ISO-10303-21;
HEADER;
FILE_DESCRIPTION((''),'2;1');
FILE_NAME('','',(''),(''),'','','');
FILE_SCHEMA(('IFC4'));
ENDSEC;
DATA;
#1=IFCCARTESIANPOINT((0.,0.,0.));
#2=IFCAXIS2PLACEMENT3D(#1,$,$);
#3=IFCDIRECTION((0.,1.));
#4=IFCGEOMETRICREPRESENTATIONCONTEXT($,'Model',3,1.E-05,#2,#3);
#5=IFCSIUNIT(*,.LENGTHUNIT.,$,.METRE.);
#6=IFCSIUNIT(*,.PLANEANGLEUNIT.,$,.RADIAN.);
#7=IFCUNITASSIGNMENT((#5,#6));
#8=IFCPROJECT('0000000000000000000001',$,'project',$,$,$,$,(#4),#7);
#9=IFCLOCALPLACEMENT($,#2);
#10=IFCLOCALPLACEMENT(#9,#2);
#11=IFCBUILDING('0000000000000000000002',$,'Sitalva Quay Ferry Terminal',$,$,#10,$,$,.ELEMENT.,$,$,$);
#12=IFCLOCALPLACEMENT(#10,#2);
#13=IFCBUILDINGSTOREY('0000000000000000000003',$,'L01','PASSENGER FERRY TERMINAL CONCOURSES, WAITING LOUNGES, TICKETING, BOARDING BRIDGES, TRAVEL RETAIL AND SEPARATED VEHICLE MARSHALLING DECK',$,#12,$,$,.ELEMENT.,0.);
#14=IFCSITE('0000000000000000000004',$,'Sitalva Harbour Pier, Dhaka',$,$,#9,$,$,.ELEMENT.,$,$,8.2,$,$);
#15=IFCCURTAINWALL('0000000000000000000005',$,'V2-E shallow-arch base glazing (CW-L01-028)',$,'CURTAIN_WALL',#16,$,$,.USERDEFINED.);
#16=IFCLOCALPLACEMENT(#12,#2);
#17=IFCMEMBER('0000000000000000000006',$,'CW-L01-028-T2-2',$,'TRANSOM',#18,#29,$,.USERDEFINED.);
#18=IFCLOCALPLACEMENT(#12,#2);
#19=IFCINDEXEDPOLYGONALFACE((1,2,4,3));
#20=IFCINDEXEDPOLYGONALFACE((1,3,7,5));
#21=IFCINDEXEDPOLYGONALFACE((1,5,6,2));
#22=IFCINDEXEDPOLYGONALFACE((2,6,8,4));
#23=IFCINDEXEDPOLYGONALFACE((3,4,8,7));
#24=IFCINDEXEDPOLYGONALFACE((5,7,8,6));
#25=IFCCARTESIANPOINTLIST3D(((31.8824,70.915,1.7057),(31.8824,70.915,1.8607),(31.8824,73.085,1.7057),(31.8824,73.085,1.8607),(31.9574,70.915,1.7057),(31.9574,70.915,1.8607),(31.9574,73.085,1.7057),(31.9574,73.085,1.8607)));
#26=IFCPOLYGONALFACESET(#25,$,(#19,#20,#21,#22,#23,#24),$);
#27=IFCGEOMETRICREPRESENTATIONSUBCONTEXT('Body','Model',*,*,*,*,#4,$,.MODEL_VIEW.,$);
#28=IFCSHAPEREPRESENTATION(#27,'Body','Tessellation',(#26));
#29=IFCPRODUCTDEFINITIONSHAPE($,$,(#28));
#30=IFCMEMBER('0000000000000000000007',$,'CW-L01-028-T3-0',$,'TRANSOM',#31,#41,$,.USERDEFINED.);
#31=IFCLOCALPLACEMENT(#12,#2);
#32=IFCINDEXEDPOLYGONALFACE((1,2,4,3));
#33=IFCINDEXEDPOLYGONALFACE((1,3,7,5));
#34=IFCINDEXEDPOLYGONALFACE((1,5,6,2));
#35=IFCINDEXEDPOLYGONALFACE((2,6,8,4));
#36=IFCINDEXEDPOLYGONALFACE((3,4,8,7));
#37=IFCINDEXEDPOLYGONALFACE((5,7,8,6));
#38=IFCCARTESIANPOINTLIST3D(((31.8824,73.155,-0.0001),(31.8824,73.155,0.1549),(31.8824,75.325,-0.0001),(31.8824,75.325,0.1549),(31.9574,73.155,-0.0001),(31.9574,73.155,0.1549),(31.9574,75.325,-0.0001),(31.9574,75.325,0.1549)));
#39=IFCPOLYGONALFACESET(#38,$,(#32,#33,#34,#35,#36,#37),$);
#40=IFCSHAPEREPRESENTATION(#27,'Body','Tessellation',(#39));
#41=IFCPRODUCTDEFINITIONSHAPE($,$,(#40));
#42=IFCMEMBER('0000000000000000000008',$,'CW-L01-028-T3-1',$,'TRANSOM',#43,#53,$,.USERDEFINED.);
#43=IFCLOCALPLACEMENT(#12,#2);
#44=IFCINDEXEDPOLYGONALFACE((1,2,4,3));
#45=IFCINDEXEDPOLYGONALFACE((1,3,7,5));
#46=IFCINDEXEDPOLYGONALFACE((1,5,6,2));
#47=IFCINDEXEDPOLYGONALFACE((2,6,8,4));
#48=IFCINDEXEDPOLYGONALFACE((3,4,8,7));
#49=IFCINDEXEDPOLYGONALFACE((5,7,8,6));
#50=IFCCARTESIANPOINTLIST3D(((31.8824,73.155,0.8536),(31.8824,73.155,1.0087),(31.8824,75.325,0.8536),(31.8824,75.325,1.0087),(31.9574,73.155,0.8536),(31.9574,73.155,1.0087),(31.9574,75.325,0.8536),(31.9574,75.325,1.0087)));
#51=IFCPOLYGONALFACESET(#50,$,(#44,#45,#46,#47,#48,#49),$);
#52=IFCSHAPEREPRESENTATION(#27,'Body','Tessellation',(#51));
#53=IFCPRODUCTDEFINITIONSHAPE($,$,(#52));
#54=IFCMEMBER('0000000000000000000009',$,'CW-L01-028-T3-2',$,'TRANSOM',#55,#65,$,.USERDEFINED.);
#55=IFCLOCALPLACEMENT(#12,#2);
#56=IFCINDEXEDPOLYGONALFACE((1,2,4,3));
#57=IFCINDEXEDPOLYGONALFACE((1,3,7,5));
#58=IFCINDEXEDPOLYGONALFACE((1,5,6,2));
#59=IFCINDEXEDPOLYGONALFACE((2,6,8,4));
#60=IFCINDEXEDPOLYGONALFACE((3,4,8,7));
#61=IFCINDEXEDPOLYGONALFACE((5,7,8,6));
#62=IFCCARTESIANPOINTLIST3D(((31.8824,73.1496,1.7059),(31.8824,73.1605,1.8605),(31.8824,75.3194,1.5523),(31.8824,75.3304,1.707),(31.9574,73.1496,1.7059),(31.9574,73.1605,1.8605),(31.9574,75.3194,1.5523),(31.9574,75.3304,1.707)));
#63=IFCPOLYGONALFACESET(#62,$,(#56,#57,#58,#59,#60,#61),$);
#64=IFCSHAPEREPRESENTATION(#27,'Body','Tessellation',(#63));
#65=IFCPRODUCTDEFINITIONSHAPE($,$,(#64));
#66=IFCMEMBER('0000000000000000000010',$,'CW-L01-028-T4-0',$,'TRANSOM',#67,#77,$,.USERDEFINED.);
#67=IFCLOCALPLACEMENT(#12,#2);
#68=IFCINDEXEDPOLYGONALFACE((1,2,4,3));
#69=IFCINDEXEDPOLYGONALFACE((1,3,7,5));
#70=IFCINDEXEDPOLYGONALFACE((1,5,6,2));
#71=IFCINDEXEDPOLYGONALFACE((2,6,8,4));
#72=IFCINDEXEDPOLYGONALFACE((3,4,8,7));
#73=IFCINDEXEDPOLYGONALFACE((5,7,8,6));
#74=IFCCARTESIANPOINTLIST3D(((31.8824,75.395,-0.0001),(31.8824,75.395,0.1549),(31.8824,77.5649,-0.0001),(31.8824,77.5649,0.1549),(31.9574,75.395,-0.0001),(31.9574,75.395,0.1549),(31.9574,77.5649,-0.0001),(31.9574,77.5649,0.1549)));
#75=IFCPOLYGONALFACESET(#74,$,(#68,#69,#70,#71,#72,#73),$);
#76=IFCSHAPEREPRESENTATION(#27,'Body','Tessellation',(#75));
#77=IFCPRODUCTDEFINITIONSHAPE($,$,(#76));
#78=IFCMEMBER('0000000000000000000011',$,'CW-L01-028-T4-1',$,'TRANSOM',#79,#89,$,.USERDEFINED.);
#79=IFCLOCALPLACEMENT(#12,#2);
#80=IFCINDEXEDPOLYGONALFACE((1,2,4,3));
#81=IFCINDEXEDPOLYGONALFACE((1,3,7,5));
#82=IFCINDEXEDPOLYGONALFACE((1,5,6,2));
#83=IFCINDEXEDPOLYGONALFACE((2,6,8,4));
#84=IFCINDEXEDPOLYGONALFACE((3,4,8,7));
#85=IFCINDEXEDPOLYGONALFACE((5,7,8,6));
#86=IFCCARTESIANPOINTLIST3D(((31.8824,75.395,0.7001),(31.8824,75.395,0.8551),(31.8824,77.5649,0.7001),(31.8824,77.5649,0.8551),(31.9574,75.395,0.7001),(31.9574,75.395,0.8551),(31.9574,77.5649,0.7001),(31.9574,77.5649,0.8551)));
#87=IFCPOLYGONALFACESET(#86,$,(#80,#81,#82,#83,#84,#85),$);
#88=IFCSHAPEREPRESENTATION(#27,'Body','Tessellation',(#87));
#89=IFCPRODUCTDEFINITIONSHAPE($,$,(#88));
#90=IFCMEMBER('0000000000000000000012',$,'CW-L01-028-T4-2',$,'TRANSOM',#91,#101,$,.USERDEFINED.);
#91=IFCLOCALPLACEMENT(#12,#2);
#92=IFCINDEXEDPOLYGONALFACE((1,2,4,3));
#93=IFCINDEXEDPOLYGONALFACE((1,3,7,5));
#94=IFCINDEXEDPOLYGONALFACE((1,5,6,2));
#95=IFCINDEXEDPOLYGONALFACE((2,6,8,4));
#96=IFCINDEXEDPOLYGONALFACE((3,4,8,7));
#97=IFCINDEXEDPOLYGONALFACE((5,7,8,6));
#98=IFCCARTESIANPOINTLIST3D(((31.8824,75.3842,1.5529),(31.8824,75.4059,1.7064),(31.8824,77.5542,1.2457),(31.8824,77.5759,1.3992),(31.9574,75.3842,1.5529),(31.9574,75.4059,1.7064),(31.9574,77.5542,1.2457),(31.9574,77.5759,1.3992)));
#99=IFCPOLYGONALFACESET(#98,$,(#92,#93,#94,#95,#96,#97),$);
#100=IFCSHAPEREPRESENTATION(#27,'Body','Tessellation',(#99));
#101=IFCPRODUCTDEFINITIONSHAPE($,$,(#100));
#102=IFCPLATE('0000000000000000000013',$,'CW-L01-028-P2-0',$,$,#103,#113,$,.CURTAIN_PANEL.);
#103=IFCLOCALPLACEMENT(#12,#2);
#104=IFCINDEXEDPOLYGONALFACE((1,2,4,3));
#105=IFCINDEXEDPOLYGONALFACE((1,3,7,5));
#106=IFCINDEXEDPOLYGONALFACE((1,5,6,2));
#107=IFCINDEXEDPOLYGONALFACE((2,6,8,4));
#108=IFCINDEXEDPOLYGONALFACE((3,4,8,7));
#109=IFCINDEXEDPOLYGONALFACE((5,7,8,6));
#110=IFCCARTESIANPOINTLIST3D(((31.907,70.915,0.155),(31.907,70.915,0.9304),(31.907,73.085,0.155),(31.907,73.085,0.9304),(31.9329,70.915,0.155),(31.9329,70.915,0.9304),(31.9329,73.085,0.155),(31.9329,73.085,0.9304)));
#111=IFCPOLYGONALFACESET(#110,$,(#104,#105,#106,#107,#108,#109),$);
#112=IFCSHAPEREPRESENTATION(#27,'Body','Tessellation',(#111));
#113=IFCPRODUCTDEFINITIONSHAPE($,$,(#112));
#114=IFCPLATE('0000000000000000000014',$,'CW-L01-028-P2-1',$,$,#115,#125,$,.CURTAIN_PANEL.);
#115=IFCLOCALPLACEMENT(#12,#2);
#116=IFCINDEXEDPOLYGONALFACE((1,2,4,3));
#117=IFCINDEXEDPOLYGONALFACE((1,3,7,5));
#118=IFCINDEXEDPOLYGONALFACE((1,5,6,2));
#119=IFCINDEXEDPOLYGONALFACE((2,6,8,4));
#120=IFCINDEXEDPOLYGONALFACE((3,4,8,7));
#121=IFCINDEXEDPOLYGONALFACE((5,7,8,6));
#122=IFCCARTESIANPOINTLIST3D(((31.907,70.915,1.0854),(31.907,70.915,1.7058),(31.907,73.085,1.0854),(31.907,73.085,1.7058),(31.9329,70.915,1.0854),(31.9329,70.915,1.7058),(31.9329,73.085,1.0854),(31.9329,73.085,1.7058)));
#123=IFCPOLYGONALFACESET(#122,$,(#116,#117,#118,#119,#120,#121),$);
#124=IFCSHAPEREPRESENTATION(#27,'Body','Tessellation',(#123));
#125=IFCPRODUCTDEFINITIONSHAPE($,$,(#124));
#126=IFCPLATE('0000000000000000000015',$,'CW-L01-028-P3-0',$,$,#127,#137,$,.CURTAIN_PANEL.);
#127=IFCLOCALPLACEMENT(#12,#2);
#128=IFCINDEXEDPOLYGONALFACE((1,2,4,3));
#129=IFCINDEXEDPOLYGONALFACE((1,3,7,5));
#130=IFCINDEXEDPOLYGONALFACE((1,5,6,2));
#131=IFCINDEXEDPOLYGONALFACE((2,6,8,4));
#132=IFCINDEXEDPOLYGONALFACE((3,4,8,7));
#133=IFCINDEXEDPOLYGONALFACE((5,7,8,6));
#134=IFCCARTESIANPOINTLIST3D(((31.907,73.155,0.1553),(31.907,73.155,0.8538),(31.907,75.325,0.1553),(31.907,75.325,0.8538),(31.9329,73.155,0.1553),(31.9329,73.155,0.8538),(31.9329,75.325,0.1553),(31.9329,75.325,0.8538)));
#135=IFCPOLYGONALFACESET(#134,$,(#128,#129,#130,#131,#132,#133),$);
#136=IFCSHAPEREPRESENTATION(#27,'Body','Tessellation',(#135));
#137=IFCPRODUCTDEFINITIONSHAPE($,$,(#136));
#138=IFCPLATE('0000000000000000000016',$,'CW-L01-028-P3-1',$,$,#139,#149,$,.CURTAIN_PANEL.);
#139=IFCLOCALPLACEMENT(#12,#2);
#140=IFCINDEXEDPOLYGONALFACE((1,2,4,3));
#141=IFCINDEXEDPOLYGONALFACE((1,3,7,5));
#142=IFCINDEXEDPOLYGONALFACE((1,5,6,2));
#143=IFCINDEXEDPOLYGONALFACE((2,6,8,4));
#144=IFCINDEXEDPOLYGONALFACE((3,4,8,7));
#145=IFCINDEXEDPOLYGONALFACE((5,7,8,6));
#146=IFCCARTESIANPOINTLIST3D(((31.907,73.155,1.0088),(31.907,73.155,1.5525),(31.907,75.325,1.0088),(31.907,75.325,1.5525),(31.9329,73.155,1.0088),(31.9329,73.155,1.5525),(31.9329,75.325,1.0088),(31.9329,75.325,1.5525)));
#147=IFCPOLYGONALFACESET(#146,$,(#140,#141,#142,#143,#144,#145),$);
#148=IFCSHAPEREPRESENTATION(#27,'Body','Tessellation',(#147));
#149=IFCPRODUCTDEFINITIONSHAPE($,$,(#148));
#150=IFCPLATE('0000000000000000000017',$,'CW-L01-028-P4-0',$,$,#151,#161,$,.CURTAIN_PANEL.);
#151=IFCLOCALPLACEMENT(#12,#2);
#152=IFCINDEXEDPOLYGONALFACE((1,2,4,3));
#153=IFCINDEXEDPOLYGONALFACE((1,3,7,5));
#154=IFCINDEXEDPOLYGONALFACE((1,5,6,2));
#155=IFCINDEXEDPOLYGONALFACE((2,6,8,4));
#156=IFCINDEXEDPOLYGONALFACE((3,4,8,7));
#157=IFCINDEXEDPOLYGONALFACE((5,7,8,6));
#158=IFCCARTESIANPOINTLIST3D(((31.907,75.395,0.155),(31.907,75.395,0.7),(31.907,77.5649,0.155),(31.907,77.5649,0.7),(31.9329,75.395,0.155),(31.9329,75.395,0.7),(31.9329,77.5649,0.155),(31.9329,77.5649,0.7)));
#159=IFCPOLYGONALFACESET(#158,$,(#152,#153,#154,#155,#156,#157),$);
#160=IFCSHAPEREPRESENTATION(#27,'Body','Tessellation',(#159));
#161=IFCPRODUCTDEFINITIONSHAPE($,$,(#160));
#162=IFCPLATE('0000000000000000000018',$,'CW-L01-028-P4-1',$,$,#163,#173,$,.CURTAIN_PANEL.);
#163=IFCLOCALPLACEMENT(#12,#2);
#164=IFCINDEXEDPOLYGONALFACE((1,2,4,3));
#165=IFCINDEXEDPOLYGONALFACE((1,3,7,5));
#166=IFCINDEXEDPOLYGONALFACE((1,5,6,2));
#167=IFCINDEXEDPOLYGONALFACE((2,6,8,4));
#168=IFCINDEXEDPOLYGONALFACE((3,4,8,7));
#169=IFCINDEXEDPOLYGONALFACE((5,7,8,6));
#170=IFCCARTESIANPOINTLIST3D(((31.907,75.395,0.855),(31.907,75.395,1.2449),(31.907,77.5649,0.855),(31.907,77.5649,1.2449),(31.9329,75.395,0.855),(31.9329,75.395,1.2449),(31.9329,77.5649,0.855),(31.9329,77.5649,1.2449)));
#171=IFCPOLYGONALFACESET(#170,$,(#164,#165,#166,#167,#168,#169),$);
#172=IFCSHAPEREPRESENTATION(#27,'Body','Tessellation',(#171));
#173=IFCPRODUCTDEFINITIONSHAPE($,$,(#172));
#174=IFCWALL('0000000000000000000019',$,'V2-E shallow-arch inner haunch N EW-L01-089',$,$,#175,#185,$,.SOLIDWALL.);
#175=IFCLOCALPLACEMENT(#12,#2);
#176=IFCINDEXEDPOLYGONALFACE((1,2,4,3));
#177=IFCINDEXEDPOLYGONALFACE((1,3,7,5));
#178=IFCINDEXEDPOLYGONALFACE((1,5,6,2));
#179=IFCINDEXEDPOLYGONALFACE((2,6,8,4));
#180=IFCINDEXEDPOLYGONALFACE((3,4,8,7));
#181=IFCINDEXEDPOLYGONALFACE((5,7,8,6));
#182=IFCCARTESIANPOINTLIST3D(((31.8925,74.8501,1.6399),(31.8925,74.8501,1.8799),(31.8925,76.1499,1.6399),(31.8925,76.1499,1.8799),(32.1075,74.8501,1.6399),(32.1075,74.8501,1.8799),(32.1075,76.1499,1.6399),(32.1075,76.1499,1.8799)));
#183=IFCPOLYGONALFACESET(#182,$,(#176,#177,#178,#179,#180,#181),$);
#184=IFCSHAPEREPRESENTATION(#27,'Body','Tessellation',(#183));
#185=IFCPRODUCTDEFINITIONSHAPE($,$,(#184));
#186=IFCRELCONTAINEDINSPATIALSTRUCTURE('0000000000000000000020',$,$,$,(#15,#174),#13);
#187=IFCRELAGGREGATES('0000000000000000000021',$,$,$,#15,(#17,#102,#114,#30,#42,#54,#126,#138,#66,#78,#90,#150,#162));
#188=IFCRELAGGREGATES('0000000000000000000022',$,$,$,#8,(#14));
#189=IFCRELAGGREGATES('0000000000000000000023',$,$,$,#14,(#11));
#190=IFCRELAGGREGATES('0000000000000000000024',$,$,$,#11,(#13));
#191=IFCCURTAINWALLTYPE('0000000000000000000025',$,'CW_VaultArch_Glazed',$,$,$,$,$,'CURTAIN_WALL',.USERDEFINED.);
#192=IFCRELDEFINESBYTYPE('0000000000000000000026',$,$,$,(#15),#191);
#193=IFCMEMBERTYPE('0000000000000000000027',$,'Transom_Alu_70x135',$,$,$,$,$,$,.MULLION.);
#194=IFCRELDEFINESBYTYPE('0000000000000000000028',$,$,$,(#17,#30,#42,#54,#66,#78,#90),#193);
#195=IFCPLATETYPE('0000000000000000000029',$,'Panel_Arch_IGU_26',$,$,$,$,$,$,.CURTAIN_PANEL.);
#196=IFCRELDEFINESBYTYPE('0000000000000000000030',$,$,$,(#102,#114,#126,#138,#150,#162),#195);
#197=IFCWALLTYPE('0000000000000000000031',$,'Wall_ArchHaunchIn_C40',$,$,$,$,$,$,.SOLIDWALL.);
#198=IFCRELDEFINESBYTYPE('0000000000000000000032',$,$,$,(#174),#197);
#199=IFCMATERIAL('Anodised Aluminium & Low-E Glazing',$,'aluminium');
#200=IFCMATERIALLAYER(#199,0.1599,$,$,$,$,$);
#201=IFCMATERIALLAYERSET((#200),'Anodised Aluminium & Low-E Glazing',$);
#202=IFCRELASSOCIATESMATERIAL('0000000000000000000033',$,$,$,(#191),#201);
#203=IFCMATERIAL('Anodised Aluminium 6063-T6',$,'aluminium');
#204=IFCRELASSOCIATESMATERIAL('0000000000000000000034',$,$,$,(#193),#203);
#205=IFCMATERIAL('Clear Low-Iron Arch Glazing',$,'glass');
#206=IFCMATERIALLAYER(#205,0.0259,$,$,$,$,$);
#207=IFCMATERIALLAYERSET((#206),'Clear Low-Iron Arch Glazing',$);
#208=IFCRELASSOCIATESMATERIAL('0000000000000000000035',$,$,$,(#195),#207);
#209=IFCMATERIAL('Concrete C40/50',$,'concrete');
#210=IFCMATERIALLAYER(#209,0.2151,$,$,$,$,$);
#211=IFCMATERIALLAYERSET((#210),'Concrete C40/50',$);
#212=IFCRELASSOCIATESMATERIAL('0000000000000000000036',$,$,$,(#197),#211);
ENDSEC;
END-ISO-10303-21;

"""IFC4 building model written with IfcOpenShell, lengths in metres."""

from ifc_helpers import new_model, si_unit, direction, frame, frame_2d, origin, origin_2d, place, context, subcontext, project, spatial, rectangle, extrude, material, layer, layer_set, material_profile, profile_set, type_object, element, aggregate, save


model = new_model("IFC4")

# Units and contexts
model_context = context("Model", 3, precision=1e-05, world=origin(), true_north=direction((0.0, 1.0)))
body_context = subcontext(model_context, "Body", "Model", "MODEL_VIEW")
ifc_project = project(units=[si_unit("LENGTHUNIT", "METRE"), si_unit("PLANEANGLEUNIT", "RADIAN")], contexts=[model_context])

# Site, building, storey
site_placement = place(None, origin())
site = spatial("IfcSite", under=ifc_project, at=site_placement, Name="Sitalva Harbour Pier, Dhaka", CompositionType="ELEMENT", RefElevation=8.2)
building_placement = place(site_placement, origin())
building = spatial("IfcBuilding", under=site, at=building_placement, Name="Sitalva Quay Ferry Terminal", CompositionType="ELEMENT")
storey_placement = place(building_placement, origin())
storey = spatial("IfcBuildingStorey", under=building, at=storey_placement, Name="L01", Description="PASSENGER FERRY TERMINAL CONCOURSES, WAITING LOUNGES, TICKETING, BOARDING BRIDGES, TRAVEL RETAIL AND SEPARATED VEHICLE MARSHALLING DECK", CompositionType="ELEMENT", Elevation=0.0)

# Curtain wall, members, plates
ifc_material_1 = material(Name="Anodised Aluminium & Low-E Glazing", Category="aluminium")
ifc_layer_1 = layer(ifc_material_1, 0.1599)
ifc_layer_set_1 = layer_set([ifc_layer_1], Name="Anodised Aluminium & Low-E Glazing")
curtain_wall_type = type_object("IfcCurtainWallType", Name="CW_VaultArch_Glazed", ElementType="CURTAIN_WALL", PredefinedType="USERDEFINED", material=ifc_layer_set_1)
curtain_wall_placement = place(storey_placement, origin())
curtain_wall = element("IfcCurtainWall", 1, at=curtain_wall_placement, inside=storey, type_object=curtain_wall_type, Name="V2-E shallow-arch base glazing (CW-L01-028)", ObjectType="CURTAIN_WALL", PredefinedType="USERDEFINED")
ifc_material_2 = material(Name="Anodised Aluminium 6063-T6", Category="aluminium")
ifc_material_profile_1 = material_profile(ifc_material_2, rectangle(XDim=0.075, YDim=0.155, at=origin_2d()), Name="ALU75x155")
ifc_profile_set_1 = profile_set([ifc_material_profile_1], Name="Anodised Aluminium 6063-T6")
member_type_1 = type_object("IfcMemberType", Name="Transom_Alu_70x135", PredefinedType="MULLION", material=ifc_profile_set_1)
member_1_placement = place(storey_placement, frame((31.9199, 70.915, 1.7832), z_axis=(0.0, 1.0, 0.0), x_axis=(-1.0, 0.0, 0.0)))
member_1 = element("IfcMember", 2, at=member_1_placement, type_object=member_type_1, Name="CW-L01-028-T2-2", ObjectType="TRANSOM", PredefinedType="USERDEFINED", context=body_context, shape_type="SweptSolid", body=[
    extrude(rectangle(XDim=0.075, YDim=0.155, at=origin_2d()), origin(), (0.0, 0.0, 1.0), 2.1699),
])
member_2_placement = place(storey_placement, frame((31.9199, 73.155, 0.0774), z_axis=(0.0, 1.0, 0.0), x_axis=(-1.0, 0.0, 0.0)))
member_2 = element("IfcMember", 3, at=member_2_placement, type_object=member_type_1, Name="CW-L01-028-T3-0", ObjectType="TRANSOM", PredefinedType="USERDEFINED", context=body_context, shape_type="SweptSolid", body=[
    extrude(rectangle(XDim=0.075, YDim=0.155, at=origin_2d()), origin(), (0.0, 0.0, 1.0), 2.1699),
])
member_3_placement = place(storey_placement, frame((31.9199, 73.155, 0.9312), z_axis=(0.0, 1.0, 0.0), x_axis=(-1.0, 0.0, 0.0)))
member_3 = element("IfcMember", 4, at=member_3_placement, type_object=member_type_1, Name="CW-L01-028-T3-1", ObjectType="TRANSOM", PredefinedType="USERDEFINED", context=body_context, shape_type="SweptSolid", body=[
    extrude(rectangle(XDim=0.075, YDim=0.155, at=origin_2d()), origin(), (0.0, 0.0, 1.0), 2.1699),
])
member_4_placement = place(storey_placement, frame((31.9199, 73.155, 1.7832), z_axis=(0.0, 0.997505, -0.070593), x_axis=(-1.0, 0.0, 0.0)))
member_4 = element("IfcMember", 5, at=member_4_placement, type_object=member_type_1, Name="CW-L01-028-T3-2", ObjectType="TRANSOM", PredefinedType="USERDEFINED", context=body_context, shape_type="SweptSolid", body=[
    extrude(rectangle(XDim=0.075, YDim=0.155, at=origin_2d()), origin(), (0.0, 0.0, 1.0), 2.1753),
])
member_5_placement = place(storey_placement, frame((31.9199, 75.395, 0.0774), z_axis=(0.0, 1.0, 0.0), x_axis=(-1.0, 0.0, 0.0)))
member_5 = element("IfcMember", 6, at=member_5_placement, type_object=member_type_1, Name="CW-L01-028-T4-0", ObjectType="TRANSOM", PredefinedType="USERDEFINED", context=body_context, shape_type="SweptSolid", body=[
    extrude(rectangle(XDim=0.075, YDim=0.155, at=origin_2d()), origin(), (0.0, 0.0, 1.0), 2.1699),
])
member_6_placement = place(storey_placement, frame((31.9199, 75.395, 0.7776), z_axis=(0.0, 1.0, 0.0), x_axis=(-1.0, 0.0, 0.0)))
member_6 = element("IfcMember", 7, at=member_6_placement, type_object=member_type_1, Name="CW-L01-028-T4-1", ObjectType="TRANSOM", PredefinedType="USERDEFINED", context=body_context, shape_type="SweptSolid", body=[
    extrude(rectangle(XDim=0.075, YDim=0.155, at=origin_2d()), origin(), (0.0, 0.0, 1.0), 2.1699),
])
member_7_placement = place(storey_placement, frame((31.9199, 75.395, 1.6296), z_axis=(0.0, 0.990131, -0.140142), x_axis=(-1.0, 0.0, 0.0)))
member_7 = element("IfcMember", 8, at=member_7_placement, type_object=member_type_1, Name="CW-L01-028-T4-2", ObjectType="TRANSOM", PredefinedType="USERDEFINED", context=body_context, shape_type="SweptSolid", body=[
    extrude(rectangle(XDim=0.075, YDim=0.155, at=origin_2d()), origin(), (0.0, 0.0, 1.0), 2.1917),
])
ifc_material_3 = material(Name="Clear Low-Iron Arch Glazing", Category="glass")
ifc_layer_2 = layer(ifc_material_3, 0.0259)
ifc_layer_set_2 = layer_set([ifc_layer_2], Name="Clear Low-Iron Arch Glazing")
plate_type = type_object("IfcPlateType", Name="Panel_Arch_IGU_26", PredefinedType="CURTAIN_PANEL", material=ifc_layer_set_2)
plate_1_placement = place(storey_placement, frame((31.9199, 72.0, 0.155), z_axis=(0.0, 0.0, 1.0), x_axis=(0.0, 1.0, 0.0)))
plate_1 = element("IfcPlate", 9, at=plate_1_placement, type_object=plate_type, Name="CW-L01-028-P2-0", PredefinedType="CURTAIN_PANEL", context=body_context, shape_type="SweptSolid", body=[
    extrude(rectangle(XDim=2.1699, YDim=0.0259, at=origin_2d()), origin(), (0.0, 0.0, 1.0), 0.7754),
])
plate_2_placement = place(storey_placement, frame((31.9199, 72.0, 1.0854), z_axis=(0.0, 0.0, 1.0), x_axis=(0.0, 1.0, 0.0)))
plate_2 = element("IfcPlate", 10, at=plate_2_placement, type_object=plate_type, Name="CW-L01-028-P2-1", PredefinedType="CURTAIN_PANEL", context=body_context, shape_type="SweptSolid", body=[
    extrude(rectangle(XDim=2.1699, YDim=0.0259, at=origin_2d()), origin(), (0.0, 0.0, 1.0), 0.6204),
])
plate_3_placement = place(storey_placement, frame((31.9199, 74.24, 0.1553), z_axis=(0.0, 0.0, 1.0), x_axis=(0.0, 1.0, 0.0)))
plate_3 = element("IfcPlate", 11, at=plate_3_placement, type_object=plate_type, Name="CW-L01-028-P3-0", PredefinedType="CURTAIN_PANEL", context=body_context, shape_type="SweptSolid", body=[
    extrude(rectangle(XDim=2.1699, YDim=0.0259, at=origin_2d()), origin(), (0.0, 0.0, 1.0), 0.6985),
])
plate_4_placement = place(storey_placement, frame((31.9199, 74.24, 1.0088), z_axis=(0.0, 0.0, 1.0), x_axis=(0.0, 1.0, 0.0)))
plate_4 = element("IfcPlate", 12, at=plate_4_placement, type_object=plate_type, Name="CW-L01-028-P3-1", PredefinedType="CURTAIN_PANEL", context=body_context, shape_type="SweptSolid", body=[
    extrude(rectangle(XDim=2.1699, YDim=0.0259, at=origin_2d()), origin(), (0.0, 0.0, 1.0), 0.5437),
])
plate_5_placement = place(storey_placement, frame((31.9199, 76.48, 0.155), z_axis=(0.0, 0.0, 1.0), x_axis=(0.0, 1.0, 0.0)))
plate_5 = element("IfcPlate", 13, at=plate_5_placement, type_object=plate_type, Name="CW-L01-028-P4-0", PredefinedType="CURTAIN_PANEL", context=body_context, shape_type="SweptSolid", body=[
    extrude(rectangle(XDim=2.1699, YDim=0.0259, at=origin_2d()), origin(), (0.0, 0.0, 1.0), 0.5449),
])
plate_6_placement = place(storey_placement, frame((31.9199, 76.48, 0.855), z_axis=(0.0, 0.0, 1.0), x_axis=(0.0, 1.0, 0.0)))
plate_6 = element("IfcPlate", 14, at=plate_6_placement, type_object=plate_type, Name="CW-L01-028-P4-1", PredefinedType="CURTAIN_PANEL", context=body_context, shape_type="SweptSolid", body=[
    extrude(rectangle(XDim=2.1699, YDim=0.0259, at=origin_2d()), origin(), (0.0, 0.0, 1.0), 0.3899),
])
aggregate(curtain_wall, [member_1, plate_1, plate_2, member_2, member_3, member_4, plate_3, plate_4, member_5, member_6, member_7, plate_5, plate_6])

# Wall
ifc_material_4 = material(Name="Concrete C40/50", Category="concrete")
ifc_layer_3 = layer(ifc_material_4, 0.2151)
ifc_layer_set_3 = layer_set([ifc_layer_3], Name="Concrete C40/50")
wall_type_1 = type_object("IfcWallType", Name="Wall_ArchHaunchIn_C40", PredefinedType="SOLIDWALL", material=ifc_layer_set_3)
wall_1_placement = place(storey_placement, frame((32.0, 74.8501, 1.6399), z_axis=(0.0, 0.0, 1.0), x_axis=(0.0, 1.0, 0.0)))
element("IfcWall", 15, at=wall_1_placement, inside=storey, type_object=wall_type_1, Name="V2-E shallow-arch inner haunch N EW-L01-089", PredefinedType="SOLIDWALL", context=body_context, shape_type="SweptSolid", body=[
    extrude(rectangle(XDim=1.2998, YDim=0.2151, at=frame_2d((0.6499, 0.0))), origin(), (0.0, 0.0, 1.0), 0.24),
])

save(model, "model.ifc")
